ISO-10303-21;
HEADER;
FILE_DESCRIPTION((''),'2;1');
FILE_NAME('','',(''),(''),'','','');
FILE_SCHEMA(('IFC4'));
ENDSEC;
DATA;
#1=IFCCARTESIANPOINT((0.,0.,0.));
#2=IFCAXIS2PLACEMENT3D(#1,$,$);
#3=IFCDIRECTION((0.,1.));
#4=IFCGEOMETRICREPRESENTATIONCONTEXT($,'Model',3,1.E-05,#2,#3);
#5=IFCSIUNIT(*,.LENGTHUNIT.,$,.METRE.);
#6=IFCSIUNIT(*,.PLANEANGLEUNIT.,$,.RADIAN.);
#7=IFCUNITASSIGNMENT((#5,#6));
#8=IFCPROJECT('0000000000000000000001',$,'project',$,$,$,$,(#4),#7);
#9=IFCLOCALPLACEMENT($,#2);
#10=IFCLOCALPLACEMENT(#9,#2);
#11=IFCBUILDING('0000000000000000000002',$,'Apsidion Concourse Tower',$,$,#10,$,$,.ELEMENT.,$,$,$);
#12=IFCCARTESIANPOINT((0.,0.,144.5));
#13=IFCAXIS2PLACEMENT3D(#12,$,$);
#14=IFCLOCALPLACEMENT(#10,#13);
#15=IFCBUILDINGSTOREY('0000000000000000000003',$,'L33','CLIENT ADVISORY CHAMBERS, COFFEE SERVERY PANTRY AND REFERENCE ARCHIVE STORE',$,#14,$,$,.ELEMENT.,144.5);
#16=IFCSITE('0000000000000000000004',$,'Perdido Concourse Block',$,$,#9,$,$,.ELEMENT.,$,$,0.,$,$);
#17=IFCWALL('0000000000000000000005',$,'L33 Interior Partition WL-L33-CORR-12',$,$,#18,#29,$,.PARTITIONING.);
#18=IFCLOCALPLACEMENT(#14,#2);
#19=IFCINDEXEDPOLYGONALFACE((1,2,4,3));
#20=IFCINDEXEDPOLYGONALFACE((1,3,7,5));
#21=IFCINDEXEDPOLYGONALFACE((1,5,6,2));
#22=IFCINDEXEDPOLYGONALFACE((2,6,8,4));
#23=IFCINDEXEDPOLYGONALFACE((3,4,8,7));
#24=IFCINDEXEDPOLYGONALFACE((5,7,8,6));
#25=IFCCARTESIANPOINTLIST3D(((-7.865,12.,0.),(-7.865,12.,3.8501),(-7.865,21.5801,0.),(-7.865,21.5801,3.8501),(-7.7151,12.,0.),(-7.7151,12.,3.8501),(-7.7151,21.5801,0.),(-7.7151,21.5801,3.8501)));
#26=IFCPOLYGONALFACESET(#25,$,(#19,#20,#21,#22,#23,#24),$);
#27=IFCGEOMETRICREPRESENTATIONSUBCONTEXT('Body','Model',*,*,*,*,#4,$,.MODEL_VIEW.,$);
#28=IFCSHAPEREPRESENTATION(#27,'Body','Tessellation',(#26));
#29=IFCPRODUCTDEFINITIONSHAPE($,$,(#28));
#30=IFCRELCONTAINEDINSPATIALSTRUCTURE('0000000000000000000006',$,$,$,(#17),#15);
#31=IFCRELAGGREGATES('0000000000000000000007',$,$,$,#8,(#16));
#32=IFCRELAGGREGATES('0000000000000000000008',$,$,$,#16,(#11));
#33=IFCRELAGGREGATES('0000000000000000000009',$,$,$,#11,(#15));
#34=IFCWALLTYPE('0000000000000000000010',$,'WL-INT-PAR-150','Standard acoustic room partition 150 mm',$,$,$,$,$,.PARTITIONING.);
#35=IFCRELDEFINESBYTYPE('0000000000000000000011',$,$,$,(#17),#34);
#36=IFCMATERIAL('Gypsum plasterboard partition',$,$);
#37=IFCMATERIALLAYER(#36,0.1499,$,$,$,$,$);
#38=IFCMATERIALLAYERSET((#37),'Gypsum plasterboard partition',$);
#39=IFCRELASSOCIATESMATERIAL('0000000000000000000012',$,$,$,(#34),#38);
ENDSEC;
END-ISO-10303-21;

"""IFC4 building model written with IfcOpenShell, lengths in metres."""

from ifc_helpers import new_model, si_unit, direction, frame, frame_2d, origin, place, context, subcontext, project, spatial, rectangle, extrude, material, layer, layer_set, type_object, element, save


model = new_model("IFC4")

# Units and contexts
model_context = context("Model", 3, precision=1e-05, world=origin(), true_north=direction((0.0, 1.0)))
body_context = subcontext(model_context, "Body", "Model", "MODEL_VIEW")
ifc_project = project(units=[si_unit("LENGTHUNIT", "METRE"), si_unit("PLANEANGLEUNIT", "RADIAN")], contexts=[model_context])

# Site, building, storey
site_placement = place(None, origin())
site = spatial("IfcSite", under=ifc_project, at=site_placement, Name="Perdido Concourse Block", CompositionType="ELEMENT", RefElevation=0.0)
building_placement = place(site_placement, origin())
building = spatial("IfcBuilding", under=site, at=building_placement, Name="Apsidion Concourse Tower", CompositionType="ELEMENT")
storey_placement = place(building_placement, frame((0.0, 0.0, 144.5)))
storey = spatial("IfcBuildingStorey", under=building, at=storey_placement, Name="L33", Description="CLIENT ADVISORY CHAMBERS, COFFEE SERVERY PANTRY AND REFERENCE ARCHIVE STORE", CompositionType="ELEMENT", Elevation=144.5)

# Wall
ifc_material_1 = material(Name="Gypsum plasterboard partition")
ifc_layer_1 = layer(ifc_material_1, 0.1499)
ifc_layer_set_1 = layer_set([ifc_layer_1], Name="Gypsum plasterboard partition")
wall_type_1 = type_object("IfcWallType", Name="WL-INT-PAR-150", Description="Standard acoustic room partition 150 mm", PredefinedType="PARTITIONING", material=ifc_layer_set_1)
wall_1_placement = place(storey_placement, frame((-7.79, 21.5801, 0.0), z_axis=(0.0, 0.0, 1.0), x_axis=(0.0, -1.0, 0.0)))
element("IfcWall", 1, at=wall_1_placement, inside=storey, type_object=wall_type_1, Name="L33 Interior Partition WL-L33-CORR-12", PredefinedType="PARTITIONING", context=body_context, shape_type="SweptSolid", body=[
    extrude(rectangle(XDim=9.5801, YDim=0.1499, at=frame_2d((4.79, 0.0))), origin(), (0.0, 0.0, 1.0), 3.8501),
])

save(model, "model.ifc")
